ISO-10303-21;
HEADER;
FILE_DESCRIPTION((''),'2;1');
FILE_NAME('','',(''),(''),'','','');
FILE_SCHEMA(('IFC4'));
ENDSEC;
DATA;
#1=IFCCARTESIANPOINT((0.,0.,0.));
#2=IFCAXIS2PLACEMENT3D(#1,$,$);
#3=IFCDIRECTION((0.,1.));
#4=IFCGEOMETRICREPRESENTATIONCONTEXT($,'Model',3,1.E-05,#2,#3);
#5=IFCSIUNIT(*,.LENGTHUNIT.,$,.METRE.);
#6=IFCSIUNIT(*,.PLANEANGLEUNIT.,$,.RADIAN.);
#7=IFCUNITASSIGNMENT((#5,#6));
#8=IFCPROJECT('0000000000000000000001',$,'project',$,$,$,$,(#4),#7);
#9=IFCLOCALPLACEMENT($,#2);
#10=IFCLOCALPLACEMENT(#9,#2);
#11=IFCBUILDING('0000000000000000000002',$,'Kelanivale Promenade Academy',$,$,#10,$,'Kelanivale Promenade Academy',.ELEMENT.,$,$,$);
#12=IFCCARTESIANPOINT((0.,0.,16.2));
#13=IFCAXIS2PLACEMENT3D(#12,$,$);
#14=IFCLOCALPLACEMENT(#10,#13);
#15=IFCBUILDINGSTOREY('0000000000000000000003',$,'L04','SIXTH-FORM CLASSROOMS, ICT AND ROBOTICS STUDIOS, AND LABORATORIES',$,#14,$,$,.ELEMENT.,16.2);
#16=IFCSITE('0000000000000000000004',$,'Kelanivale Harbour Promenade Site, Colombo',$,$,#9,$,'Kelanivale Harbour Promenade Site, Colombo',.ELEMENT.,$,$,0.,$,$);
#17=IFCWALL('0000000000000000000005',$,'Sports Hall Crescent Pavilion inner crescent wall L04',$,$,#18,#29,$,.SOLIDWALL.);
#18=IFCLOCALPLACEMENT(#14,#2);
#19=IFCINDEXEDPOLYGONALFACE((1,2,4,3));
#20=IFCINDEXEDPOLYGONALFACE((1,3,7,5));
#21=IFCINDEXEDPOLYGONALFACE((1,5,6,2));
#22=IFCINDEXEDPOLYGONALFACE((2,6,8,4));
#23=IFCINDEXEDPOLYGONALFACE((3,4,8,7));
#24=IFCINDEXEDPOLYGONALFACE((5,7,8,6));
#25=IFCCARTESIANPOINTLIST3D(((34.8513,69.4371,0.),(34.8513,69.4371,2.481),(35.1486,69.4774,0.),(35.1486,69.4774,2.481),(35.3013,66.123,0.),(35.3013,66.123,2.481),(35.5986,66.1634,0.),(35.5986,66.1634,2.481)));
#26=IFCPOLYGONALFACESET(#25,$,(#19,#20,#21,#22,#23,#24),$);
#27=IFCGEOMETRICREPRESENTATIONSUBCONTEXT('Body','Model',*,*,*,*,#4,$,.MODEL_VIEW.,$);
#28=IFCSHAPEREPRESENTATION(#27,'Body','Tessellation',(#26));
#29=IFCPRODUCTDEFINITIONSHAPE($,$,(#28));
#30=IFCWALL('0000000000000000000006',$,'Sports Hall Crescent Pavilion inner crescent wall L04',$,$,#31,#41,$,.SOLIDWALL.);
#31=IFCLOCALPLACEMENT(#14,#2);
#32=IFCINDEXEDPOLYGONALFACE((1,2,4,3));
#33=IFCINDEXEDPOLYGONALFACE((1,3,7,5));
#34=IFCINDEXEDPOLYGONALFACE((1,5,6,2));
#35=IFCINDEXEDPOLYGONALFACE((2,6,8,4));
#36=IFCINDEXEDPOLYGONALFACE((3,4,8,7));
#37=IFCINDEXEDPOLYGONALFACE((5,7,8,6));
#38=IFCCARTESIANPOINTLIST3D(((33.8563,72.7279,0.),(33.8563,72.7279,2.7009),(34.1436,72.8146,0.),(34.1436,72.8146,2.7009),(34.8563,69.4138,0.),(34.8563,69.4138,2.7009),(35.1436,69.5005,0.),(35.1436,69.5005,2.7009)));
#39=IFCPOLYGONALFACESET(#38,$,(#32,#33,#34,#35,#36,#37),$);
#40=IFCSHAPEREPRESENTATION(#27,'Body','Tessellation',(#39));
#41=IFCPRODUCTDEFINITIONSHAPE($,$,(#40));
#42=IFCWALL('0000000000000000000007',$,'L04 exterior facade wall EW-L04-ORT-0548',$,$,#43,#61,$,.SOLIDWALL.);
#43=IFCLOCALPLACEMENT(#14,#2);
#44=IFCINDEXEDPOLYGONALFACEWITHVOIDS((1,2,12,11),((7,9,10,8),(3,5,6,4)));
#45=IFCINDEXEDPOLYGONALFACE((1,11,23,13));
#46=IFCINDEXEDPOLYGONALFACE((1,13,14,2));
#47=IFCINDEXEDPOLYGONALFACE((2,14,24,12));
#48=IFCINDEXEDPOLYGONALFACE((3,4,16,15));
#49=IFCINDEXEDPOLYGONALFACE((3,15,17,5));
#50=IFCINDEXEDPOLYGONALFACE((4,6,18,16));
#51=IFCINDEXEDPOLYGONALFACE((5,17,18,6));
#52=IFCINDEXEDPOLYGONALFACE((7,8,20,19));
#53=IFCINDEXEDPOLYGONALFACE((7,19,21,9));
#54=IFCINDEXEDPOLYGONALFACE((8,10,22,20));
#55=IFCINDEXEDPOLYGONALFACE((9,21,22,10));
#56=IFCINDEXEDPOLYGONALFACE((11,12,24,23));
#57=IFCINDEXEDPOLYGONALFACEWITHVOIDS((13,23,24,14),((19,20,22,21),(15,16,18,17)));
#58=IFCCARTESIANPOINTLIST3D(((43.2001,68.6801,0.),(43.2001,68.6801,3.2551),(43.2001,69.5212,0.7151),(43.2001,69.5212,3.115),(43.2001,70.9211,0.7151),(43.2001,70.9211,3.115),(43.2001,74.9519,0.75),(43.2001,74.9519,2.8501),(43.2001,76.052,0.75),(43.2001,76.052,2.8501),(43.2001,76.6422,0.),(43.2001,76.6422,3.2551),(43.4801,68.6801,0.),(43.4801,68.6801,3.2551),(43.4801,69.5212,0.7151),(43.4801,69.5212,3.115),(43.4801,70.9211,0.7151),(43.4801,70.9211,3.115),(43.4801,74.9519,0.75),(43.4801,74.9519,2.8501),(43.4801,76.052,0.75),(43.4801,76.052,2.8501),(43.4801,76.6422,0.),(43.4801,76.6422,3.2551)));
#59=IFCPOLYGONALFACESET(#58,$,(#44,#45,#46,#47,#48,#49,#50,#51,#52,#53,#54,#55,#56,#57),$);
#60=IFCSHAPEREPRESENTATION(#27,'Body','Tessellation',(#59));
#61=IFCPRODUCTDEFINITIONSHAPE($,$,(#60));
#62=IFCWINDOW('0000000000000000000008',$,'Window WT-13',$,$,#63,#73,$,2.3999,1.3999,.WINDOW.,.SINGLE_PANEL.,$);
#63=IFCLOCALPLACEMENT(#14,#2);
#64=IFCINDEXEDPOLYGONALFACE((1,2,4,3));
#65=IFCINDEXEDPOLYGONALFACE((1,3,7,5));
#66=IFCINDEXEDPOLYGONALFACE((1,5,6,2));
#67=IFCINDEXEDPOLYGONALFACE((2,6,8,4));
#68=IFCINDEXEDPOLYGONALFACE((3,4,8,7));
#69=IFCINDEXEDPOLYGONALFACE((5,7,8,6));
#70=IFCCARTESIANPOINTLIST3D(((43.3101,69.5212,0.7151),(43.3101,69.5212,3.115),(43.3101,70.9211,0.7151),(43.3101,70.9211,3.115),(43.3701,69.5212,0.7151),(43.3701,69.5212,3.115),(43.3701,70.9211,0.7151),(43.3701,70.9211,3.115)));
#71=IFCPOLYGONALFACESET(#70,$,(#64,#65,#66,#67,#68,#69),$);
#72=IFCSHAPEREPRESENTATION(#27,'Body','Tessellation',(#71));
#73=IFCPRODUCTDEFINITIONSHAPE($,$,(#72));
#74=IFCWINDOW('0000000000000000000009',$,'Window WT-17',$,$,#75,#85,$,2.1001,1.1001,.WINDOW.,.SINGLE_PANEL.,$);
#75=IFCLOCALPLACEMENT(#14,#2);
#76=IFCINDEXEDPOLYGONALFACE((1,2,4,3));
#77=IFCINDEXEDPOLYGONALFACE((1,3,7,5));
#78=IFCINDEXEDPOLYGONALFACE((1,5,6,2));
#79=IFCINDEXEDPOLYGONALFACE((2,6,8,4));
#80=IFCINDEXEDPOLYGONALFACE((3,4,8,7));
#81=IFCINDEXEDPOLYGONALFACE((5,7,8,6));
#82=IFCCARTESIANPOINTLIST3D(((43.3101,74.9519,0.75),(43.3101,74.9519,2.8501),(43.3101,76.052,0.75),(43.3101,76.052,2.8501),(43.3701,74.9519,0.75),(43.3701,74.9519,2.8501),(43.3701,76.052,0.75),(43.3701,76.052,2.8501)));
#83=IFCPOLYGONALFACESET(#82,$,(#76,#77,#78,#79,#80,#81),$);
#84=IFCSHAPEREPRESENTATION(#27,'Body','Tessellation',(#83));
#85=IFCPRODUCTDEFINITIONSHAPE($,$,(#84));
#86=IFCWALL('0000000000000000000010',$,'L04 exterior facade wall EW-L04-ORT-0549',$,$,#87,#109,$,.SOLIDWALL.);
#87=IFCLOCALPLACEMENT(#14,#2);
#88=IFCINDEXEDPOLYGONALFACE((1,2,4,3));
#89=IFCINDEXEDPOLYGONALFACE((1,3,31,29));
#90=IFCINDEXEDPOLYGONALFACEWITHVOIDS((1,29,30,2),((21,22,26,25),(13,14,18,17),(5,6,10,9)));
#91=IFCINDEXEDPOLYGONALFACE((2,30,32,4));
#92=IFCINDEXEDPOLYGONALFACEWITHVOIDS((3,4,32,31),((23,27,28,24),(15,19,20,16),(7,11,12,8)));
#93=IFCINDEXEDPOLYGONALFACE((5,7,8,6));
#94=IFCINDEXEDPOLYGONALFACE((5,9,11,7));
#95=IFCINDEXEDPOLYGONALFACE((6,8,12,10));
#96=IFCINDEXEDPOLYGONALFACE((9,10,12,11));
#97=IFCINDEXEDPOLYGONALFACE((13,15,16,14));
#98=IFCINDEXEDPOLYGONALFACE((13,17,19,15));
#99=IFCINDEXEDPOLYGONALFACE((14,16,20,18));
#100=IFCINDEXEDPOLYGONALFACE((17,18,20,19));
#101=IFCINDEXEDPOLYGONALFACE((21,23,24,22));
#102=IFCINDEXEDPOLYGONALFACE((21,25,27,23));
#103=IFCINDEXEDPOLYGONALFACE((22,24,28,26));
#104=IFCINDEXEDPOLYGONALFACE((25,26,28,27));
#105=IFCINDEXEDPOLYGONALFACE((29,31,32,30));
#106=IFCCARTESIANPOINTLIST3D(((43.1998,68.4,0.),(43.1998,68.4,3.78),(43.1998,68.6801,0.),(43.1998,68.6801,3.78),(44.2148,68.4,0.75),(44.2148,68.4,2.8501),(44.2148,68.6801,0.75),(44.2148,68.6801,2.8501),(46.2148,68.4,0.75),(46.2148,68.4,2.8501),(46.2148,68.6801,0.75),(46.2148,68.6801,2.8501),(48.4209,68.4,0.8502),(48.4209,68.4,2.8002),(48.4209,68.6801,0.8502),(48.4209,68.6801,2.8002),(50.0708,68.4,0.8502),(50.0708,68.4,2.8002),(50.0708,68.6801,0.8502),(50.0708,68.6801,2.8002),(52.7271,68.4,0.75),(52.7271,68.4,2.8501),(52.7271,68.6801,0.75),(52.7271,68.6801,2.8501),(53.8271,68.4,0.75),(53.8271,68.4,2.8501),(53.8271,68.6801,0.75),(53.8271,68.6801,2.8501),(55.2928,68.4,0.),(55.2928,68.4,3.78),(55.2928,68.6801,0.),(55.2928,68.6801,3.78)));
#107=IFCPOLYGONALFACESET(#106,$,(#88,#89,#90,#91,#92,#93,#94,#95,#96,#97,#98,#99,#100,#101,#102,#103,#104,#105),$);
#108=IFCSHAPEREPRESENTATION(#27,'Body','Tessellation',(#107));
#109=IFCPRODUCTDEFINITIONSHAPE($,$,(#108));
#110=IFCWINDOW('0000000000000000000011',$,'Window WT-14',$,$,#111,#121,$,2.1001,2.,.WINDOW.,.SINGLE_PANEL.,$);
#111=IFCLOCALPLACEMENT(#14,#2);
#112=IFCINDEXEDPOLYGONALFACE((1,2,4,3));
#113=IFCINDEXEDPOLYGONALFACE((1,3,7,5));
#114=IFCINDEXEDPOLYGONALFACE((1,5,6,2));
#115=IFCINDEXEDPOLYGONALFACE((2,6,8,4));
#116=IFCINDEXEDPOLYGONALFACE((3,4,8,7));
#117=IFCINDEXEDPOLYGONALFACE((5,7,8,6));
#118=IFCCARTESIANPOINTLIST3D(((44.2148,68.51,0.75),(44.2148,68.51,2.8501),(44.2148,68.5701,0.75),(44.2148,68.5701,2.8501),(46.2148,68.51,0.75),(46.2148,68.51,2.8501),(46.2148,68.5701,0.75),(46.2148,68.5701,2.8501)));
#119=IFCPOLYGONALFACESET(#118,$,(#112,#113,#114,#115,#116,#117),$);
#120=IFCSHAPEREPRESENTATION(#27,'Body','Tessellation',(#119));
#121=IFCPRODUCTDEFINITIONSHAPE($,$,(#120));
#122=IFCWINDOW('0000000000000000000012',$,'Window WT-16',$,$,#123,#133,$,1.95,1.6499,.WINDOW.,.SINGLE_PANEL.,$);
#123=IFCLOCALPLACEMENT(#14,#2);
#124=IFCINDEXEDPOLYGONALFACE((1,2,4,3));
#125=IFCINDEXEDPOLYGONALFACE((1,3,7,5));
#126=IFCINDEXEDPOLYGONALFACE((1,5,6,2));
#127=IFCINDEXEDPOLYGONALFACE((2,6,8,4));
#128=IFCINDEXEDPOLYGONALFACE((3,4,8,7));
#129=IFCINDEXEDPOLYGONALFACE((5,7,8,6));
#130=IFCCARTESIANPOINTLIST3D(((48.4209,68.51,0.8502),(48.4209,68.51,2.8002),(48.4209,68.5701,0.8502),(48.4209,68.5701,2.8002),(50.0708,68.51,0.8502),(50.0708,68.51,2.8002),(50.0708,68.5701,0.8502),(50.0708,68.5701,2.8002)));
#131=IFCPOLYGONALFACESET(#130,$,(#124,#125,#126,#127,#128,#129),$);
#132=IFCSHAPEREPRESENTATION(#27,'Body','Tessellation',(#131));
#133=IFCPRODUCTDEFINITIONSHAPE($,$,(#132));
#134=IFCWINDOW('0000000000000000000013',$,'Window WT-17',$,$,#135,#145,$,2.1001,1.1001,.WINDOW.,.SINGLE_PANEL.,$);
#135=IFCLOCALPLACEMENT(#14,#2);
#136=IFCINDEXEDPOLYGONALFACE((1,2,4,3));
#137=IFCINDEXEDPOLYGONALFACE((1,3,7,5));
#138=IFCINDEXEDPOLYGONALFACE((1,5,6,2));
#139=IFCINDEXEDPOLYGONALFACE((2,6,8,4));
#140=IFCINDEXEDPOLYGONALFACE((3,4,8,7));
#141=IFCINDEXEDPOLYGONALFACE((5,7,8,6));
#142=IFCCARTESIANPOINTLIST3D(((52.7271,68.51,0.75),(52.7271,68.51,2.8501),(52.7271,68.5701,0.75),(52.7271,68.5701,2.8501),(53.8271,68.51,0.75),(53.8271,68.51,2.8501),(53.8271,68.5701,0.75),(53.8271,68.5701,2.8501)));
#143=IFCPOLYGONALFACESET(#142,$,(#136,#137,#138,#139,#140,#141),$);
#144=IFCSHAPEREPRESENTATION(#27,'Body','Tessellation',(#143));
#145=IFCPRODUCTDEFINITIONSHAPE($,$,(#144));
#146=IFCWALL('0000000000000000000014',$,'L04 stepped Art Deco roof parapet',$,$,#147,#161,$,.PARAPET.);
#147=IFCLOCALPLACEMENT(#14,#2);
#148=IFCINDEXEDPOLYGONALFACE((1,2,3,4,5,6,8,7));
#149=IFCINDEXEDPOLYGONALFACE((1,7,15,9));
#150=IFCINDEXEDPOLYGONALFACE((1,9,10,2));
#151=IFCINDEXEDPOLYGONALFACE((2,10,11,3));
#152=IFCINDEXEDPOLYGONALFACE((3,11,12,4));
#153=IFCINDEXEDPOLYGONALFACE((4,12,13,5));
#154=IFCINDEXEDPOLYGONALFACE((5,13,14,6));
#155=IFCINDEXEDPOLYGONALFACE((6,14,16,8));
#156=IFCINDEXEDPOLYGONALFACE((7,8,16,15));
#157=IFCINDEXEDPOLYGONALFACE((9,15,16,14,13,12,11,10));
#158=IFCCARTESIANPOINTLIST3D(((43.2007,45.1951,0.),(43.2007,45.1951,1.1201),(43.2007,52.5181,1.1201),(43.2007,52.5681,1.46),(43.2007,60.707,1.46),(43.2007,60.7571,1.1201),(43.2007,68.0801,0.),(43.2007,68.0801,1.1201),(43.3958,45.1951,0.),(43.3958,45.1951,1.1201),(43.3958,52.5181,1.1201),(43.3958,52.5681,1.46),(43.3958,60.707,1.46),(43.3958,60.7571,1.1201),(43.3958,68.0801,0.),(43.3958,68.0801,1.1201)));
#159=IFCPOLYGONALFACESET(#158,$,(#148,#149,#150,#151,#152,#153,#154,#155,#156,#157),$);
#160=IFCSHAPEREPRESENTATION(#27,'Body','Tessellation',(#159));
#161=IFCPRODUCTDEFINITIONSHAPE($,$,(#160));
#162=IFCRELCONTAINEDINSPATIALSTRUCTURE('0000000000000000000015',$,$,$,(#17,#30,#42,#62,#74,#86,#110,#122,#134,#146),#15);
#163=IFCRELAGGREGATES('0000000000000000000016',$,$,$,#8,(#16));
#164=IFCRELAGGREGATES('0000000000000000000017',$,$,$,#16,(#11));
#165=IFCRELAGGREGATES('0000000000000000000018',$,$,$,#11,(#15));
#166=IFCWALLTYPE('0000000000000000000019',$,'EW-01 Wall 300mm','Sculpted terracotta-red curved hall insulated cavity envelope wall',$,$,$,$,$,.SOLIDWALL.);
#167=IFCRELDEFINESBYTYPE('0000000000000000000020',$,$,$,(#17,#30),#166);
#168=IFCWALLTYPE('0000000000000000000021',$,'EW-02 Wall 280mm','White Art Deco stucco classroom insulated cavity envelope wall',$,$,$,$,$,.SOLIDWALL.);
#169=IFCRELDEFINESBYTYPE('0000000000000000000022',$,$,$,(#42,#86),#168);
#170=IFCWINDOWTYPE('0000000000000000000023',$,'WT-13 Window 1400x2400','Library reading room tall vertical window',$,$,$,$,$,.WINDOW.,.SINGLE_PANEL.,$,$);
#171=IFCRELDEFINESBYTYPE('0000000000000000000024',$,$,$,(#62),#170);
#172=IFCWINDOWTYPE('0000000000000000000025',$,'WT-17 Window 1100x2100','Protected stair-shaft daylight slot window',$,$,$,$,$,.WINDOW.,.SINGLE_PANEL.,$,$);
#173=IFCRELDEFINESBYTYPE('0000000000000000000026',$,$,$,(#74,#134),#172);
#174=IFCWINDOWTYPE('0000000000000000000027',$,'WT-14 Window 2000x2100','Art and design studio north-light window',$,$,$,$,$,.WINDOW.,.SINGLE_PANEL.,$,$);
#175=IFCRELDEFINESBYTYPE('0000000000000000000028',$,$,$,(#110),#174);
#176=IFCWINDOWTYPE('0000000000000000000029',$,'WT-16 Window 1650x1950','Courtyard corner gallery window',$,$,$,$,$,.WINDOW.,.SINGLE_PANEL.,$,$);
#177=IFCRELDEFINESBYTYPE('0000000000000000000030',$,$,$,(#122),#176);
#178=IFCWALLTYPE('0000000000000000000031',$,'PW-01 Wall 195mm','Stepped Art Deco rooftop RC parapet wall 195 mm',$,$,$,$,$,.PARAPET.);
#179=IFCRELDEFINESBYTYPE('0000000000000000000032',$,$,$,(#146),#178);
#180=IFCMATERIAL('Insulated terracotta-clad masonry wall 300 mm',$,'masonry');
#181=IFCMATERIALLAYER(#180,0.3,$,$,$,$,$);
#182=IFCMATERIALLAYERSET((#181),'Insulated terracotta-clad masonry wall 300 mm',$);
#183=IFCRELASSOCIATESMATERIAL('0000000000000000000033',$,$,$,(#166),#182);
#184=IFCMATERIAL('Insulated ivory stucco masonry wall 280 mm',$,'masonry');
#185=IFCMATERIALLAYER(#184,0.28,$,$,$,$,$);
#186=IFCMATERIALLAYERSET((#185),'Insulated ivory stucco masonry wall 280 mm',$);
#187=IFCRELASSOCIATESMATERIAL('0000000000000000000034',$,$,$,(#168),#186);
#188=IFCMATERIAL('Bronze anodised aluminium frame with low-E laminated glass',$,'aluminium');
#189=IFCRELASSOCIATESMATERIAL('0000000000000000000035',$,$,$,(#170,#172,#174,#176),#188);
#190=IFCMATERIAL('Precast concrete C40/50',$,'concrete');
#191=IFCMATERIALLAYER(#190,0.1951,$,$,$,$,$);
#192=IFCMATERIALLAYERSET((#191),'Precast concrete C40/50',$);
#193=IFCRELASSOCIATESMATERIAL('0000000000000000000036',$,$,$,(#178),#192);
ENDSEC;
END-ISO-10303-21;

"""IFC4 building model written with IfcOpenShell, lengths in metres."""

from ifc_helpers import new_model, si_unit, direction, frame, frame_2d, origin, place, context, subcontext, project, spatial, polyline, rectangle, outline, extrude, material, layer, layer_set, type_object, element, fill, save


model = new_model("IFC4")

# Units and contexts
model_context = context("Model", 3, precision=1e-05, world=origin(), true_north=direction((0.0, 1.0)))
body_context = subcontext(model_context, "Body", "Model", "MODEL_VIEW")
ifc_project = project(units=[si_unit("LENGTHUNIT", "METRE"), si_unit("PLANEANGLEUNIT", "RADIAN")], contexts=[model_context])

# Site, building, storey
site_placement = place(None, origin())
site = spatial("IfcSite", under=ifc_project, at=site_placement, Name="Kelanivale Harbour Promenade Site, Colombo", LongName="Kelanivale Harbour Promenade Site, Colombo", CompositionType="ELEMENT", RefElevation=0.0)
building_placement = place(site_placement, origin())
building = spatial("IfcBuilding", under=site, at=building_placement, Name="Kelanivale Promenade Academy", LongName="Kelanivale Promenade Academy", CompositionType="ELEMENT")
storey_placement = place(building_placement, frame((0.0, 0.0, 16.2)))
storey = spatial("IfcBuildingStorey", under=building, at=storey_placement, Name="L04", Description="SIXTH-FORM CLASSROOMS, ICT AND ROBOTICS STUDIOS, AND LABORATORIES", CompositionType="ELEMENT", Elevation=16.2)

# Walls
ifc_material_1 = material(Name="Insulated terracotta-clad masonry wall 300 mm", Category="masonry")
ifc_layer_1 = layer(ifc_material_1, 0.3)
ifc_layer_set_1 = layer_set([ifc_layer_1], Name="Insulated terracotta-clad masonry wall 300 mm")
wall_type_1 = type_object("IfcWallType", Name="EW-01 Wall 300mm", Description="Sculpted terracotta-red curved hall insulated cavity envelope wall", PredefinedType="SOLIDWALL", material=ifc_layer_set_1)
wall_1_placement = place(storey_placement, frame((35.45, 66.1431, 0.0), z_axis=(0.0, 0.0, 1.0), x_axis=(-0.13454, 0.990908, 0.0)))
element("IfcWall", 1, at=wall_1_placement, inside=storey, type_object=wall_type_1, Name="Sports Hall Crescent Pavilion inner crescent wall L04", PredefinedType="SOLIDWALL", context=body_context, shape_type="SweptSolid", body=[
    extrude(rectangle(XDim=3.3445, YDim=0.3, at=frame_2d((1.6724, 0.0))), origin(), (0.0, 0.0, 1.0), 2.481),
])
wall_2_placement = place(storey_placement, frame((35.0, 69.457, 0.0), z_axis=(0.0, 0.0, 1.0), x_axis=(-0.288888, 0.957363, 0.0)))
element("IfcWall", 2, at=wall_2_placement, inside=storey, type_object=wall_type_1, Name="Sports Hall Crescent Pavilion inner crescent wall L04", PredefinedType="SOLIDWALL", context=body_context, shape_type="SweptSolid", body=[
    extrude(rectangle(XDim=3.4617, YDim=0.3, at=frame_2d((1.731, 0.0))), origin(), (0.0, 0.0, 1.0), 2.7009),
])

# Walls, openings, windows
ifc_material_2 = material(Name="Insulated ivory stucco masonry wall 280 mm", Category="masonry")
ifc_layer_2 = layer(ifc_material_2, 0.28)
ifc_layer_set_2 = layer_set([ifc_layer_2], Name="Insulated ivory stucco masonry wall 280 mm")
wall_type_2 = type_object("IfcWallType", Name="EW-02 Wall 280mm", Description="White Art Deco stucco classroom insulated cavity envelope wall", PredefinedType="SOLIDWALL", material=ifc_layer_set_2)
wall_3_placement = place(storey_placement, frame((43.3401, 76.6421, 0.0), z_axis=(0.0, 0.0, 1.0), x_axis=(0.0, -1.0, 0.0)))
wall_3 = element("IfcWall", 3, at=wall_3_placement, inside=storey, type_object=wall_type_2, Name="L04 exterior facade wall EW-L04-ORT-0548", PredefinedType="SOLIDWALL", context=body_context, shape_type="SweptSolid", body=[
    extrude(rectangle(XDim=7.9622, YDim=0.28, at=frame_2d((3.981, 0.0))), origin(), (0.0, 0.0, 1.0), 3.2551),
])
opening_1_placement = place(wall_3_placement, frame((0.5901, 0.0, 0.75)))
opening_1 = element("IfcOpeningElement", 4, at=opening_1_placement, cuts=wall_3, PredefinedType="OPENING", context=body_context, shape_type="SweptSolid", body=[
    extrude(rectangle(XDim=1.1001, YDim=2.1001, at=frame_2d((0.55, 1.05))), frame((0.0, 0.1499, 0.0), z_axis=(0.0, -1.0, 0.0), x_axis=(1.0, 0.0, 0.0)), (0.0, 0.0, 1.0), 0.3),
])
opening_2_placement = place(wall_3_placement, frame((5.7209, 0.0, 0.7151)))
opening_2 = element("IfcOpeningElement", 5, at=opening_2_placement, cuts=wall_3, PredefinedType="OPENING", context=body_context, shape_type="SweptSolid", body=[
    extrude(rectangle(XDim=1.3999, YDim=2.3999, at=frame_2d((0.7, 1.2))), frame((0.0, 0.1499, 0.0), z_axis=(0.0, -1.0, 0.0), x_axis=(1.0, 0.0, 0.0)), (0.0, 0.0, 1.0), 0.3),
])
ifc_material_3 = material(Name="Bronze anodised aluminium frame with low-E laminated glass", Category="aluminium")
window_type_1 = type_object("IfcWindowType", Name="WT-13 Window 1400x2400", Description="Library reading room tall vertical window", PartitioningType="SINGLE_PANEL", PredefinedType="WINDOW", material=ifc_material_3)
window_1_placement = place(opening_2_placement, origin())
window_1 = element("IfcWindow", 6, at=window_1_placement, inside=storey, type_object=window_type_1, Name="Window WT-13", OverallHeight=2.3999, OverallWidth=1.3999, PartitioningType="SINGLE_PANEL", PredefinedType="WINDOW", context=body_context, shape_type="SweptSolid", body=[
    extrude(rectangle(XDim=1.3999, YDim=2.3999, at=frame_2d((0.7, 1.2))), frame((0.0, 0.03, 0.0), z_axis=(0.0, -1.0, 0.0), x_axis=(1.0, 0.0, 0.0)), (0.0, 0.0, 1.0), 0.0601),
])
fill(opening_2, window_1)
window_type_2 = type_object("IfcWindowType", Name="WT-17 Window 1100x2100", Description="Protected stair-shaft daylight slot window", PartitioningType="SINGLE_PANEL", PredefinedType="WINDOW", material=ifc_material_3)
window_2_placement = place(opening_1_placement, origin())
window_2 = element("IfcWindow", 7, at=window_2_placement, inside=storey, type_object=window_type_2, Name="Window WT-17", OverallHeight=2.1001, OverallWidth=1.1001, PartitioningType="SINGLE_PANEL", PredefinedType="WINDOW", context=body_context, shape_type="SweptSolid", body=[
    extrude(rectangle(XDim=1.1001, YDim=2.1001, at=frame_2d((0.55, 1.05))), frame((0.0, 0.03, 0.0), z_axis=(0.0, -1.0, 0.0), x_axis=(1.0, 0.0, 0.0)), (0.0, 0.0, 1.0), 0.0601),
])
fill(opening_1, window_2)
wall_4_placement = place(storey_placement, frame((43.2, 68.54, 0.0), z_axis=(0.0, 0.0, 1.0), x_axis=(1.0, 0.0, 0.0)))
wall_4 = element("IfcWall", 8, at=wall_4_placement, inside=storey, type_object=wall_type_2, Name="L04 exterior facade wall EW-L04-ORT-0549", PredefinedType="SOLIDWALL", context=body_context, shape_type="SweptSolid", body=[
    extrude(rectangle(XDim=12.093, YDim=0.28, at=frame_2d((6.0464, 0.0))), origin(), (0.0, 0.0, 1.0), 3.78),
])
opening_3_placement = place(wall_4_placement, frame((1.0149, 0.0, 0.75)))
opening_3 = element("IfcOpeningElement", 9, at=opening_3_placement, cuts=wall_4, PredefinedType="OPENING", context=body_context, shape_type="SweptSolid", body=[
    extrude(rectangle(XDim=2.0, YDim=2.1001, at=frame_2d((1.0, 1.05))), frame((0.0, 0.1499, 0.0), z_axis=(0.0, -1.0, 0.0), x_axis=(1.0, 0.0, 0.0)), (0.0, 0.0, 1.0), 0.3),
])
opening_4_placement = place(wall_4_placement, frame((5.2209, 0.0, 0.8501)))
opening_4 = element("IfcOpeningElement", 10, at=opening_4_placement, cuts=wall_4, PredefinedType="OPENING", context=body_context, shape_type="SweptSolid", body=[
    extrude(rectangle(XDim=1.6499, YDim=1.95, at=frame_2d((0.825, 0.9751))), frame((0.0, 0.1499, 0.0), z_axis=(0.0, -1.0, 0.0), x_axis=(1.0, 0.0, 0.0)), (0.0, 0.0, 1.0), 0.3),
])
opening_5_placement = place(wall_4_placement, frame((9.5271, 0.0, 0.75)))
opening_5 = element("IfcOpeningElement", 11, at=opening_5_placement, cuts=wall_4, PredefinedType="OPENING", context=body_context, shape_type="SweptSolid", body=[
    extrude(rectangle(XDim=1.1001, YDim=2.1001, at=frame_2d((0.55, 1.05))), frame((0.0, 0.1499, 0.0), z_axis=(0.0, -1.0, 0.0), x_axis=(1.0, 0.0, 0.0)), (0.0, 0.0, 1.0), 0.3),
])
window_type_3 = type_object("IfcWindowType", Name="WT-14 Window 2000x2100", Description="Art and design studio north-light window", PartitioningType="SINGLE_PANEL", PredefinedType="WINDOW", material=ifc_material_3)
window_3_placement = place(opening_3_placement, origin())
window_3 = element("IfcWindow", 12, at=window_3_placement, inside=storey, type_object=window_type_3, Name="Window WT-14", OverallHeight=2.1001, OverallWidth=2.0, PartitioningType="SINGLE_PANEL", PredefinedType="WINDOW", context=body_context, shape_type="SweptSolid", body=[
    extrude(rectangle(XDim=2.0, YDim=2.1001, at=frame_2d((1.0, 1.05))), frame((0.0, 0.03, 0.0), z_axis=(0.0, -1.0, 0.0), x_axis=(1.0, 0.0, 0.0)), (0.0, 0.0, 1.0), 0.0601),
])
fill(opening_3, window_3)
window_type_4 = type_object("IfcWindowType", Name="WT-16 Window 1650x1950", Description="Courtyard corner gallery window", PartitioningType="SINGLE_PANEL", PredefinedType="WINDOW", material=ifc_material_3)
window_4_placement = place(opening_4_placement, origin())
window_4 = element("IfcWindow", 13, at=window_4_placement, inside=storey, type_object=window_type_4, Name="Window WT-16", OverallHeight=1.95, OverallWidth=1.6499, PartitioningType="SINGLE_PANEL", PredefinedType="WINDOW", context=body_context, shape_type="SweptSolid", body=[
    extrude(rectangle(XDim=1.6499, YDim=1.95, at=frame_2d((0.825, 0.9751))), frame((0.0, 0.03, 0.0), z_axis=(0.0, -1.0, 0.0), x_axis=(1.0, 0.0, 0.0)), (0.0, 0.0, 1.0), 0.0601),
])
fill(opening_4, window_4)
window_5_placement = place(opening_5_placement, origin())
window_5 = element("IfcWindow", 14, at=window_5_placement, inside=storey, type_object=window_type_2, Name="Window WT-17", OverallHeight=2.1001, OverallWidth=1.1001, PartitioningType="SINGLE_PANEL", PredefinedType="WINDOW", context=body_context, shape_type="SweptSolid", body=[
    extrude(rectangle(XDim=1.1001, YDim=2.1001, at=frame_2d((0.55, 1.05))), frame((0.0, 0.03, 0.0), z_axis=(0.0, -1.0, 0.0), x_axis=(1.0, 0.0, 0.0)), (0.0, 0.0, 1.0), 0.0601),
])
fill(opening_5, window_5)

# Wall
ifc_material_4 = material(Name="Precast concrete C40/50", Category="concrete")
ifc_layer_3 = layer(ifc_material_4, 0.1951)
ifc_layer_set_3 = layer_set([ifc_layer_3], Name="Precast concrete C40/50")
wall_type_3 = type_object("IfcWallType", Name="PW-01 Wall 195mm", Description="Stepped Art Deco rooftop RC parapet wall 195 mm", PredefinedType="PARAPET", material=ifc_layer_set_3)
wall_5_placement = place(storey_placement, frame((43.2981, 68.0801, 0.0), z_axis=(0.0, 0.0, 1.0), x_axis=(0.0, -1.0, 0.0)))
element("IfcWall", 15, at=wall_5_placement, inside=storey, type_object=wall_type_3, Name="L04 stepped Art Deco roof parapet", PredefinedType="PARAPET", context=body_context, shape_type="SweptSolid", body=[
    extrude(outline(polyline([(0.0, 0.0), (22.885, 0.0), (22.885, 1.1201), (15.562, 1.1201), (15.512, 1.46), (7.373, 1.46), (7.323, 1.1201), (0.0, 1.1201), (0.0, 0.0)])), frame((0.0, 0.0977, 0.0), z_axis=(0.0, -1.0, 0.0), x_axis=(1.0, 0.0, 0.0)), (0.0, 0.0, 1.0), 0.1951),
])

save(model, "model.ifc")
